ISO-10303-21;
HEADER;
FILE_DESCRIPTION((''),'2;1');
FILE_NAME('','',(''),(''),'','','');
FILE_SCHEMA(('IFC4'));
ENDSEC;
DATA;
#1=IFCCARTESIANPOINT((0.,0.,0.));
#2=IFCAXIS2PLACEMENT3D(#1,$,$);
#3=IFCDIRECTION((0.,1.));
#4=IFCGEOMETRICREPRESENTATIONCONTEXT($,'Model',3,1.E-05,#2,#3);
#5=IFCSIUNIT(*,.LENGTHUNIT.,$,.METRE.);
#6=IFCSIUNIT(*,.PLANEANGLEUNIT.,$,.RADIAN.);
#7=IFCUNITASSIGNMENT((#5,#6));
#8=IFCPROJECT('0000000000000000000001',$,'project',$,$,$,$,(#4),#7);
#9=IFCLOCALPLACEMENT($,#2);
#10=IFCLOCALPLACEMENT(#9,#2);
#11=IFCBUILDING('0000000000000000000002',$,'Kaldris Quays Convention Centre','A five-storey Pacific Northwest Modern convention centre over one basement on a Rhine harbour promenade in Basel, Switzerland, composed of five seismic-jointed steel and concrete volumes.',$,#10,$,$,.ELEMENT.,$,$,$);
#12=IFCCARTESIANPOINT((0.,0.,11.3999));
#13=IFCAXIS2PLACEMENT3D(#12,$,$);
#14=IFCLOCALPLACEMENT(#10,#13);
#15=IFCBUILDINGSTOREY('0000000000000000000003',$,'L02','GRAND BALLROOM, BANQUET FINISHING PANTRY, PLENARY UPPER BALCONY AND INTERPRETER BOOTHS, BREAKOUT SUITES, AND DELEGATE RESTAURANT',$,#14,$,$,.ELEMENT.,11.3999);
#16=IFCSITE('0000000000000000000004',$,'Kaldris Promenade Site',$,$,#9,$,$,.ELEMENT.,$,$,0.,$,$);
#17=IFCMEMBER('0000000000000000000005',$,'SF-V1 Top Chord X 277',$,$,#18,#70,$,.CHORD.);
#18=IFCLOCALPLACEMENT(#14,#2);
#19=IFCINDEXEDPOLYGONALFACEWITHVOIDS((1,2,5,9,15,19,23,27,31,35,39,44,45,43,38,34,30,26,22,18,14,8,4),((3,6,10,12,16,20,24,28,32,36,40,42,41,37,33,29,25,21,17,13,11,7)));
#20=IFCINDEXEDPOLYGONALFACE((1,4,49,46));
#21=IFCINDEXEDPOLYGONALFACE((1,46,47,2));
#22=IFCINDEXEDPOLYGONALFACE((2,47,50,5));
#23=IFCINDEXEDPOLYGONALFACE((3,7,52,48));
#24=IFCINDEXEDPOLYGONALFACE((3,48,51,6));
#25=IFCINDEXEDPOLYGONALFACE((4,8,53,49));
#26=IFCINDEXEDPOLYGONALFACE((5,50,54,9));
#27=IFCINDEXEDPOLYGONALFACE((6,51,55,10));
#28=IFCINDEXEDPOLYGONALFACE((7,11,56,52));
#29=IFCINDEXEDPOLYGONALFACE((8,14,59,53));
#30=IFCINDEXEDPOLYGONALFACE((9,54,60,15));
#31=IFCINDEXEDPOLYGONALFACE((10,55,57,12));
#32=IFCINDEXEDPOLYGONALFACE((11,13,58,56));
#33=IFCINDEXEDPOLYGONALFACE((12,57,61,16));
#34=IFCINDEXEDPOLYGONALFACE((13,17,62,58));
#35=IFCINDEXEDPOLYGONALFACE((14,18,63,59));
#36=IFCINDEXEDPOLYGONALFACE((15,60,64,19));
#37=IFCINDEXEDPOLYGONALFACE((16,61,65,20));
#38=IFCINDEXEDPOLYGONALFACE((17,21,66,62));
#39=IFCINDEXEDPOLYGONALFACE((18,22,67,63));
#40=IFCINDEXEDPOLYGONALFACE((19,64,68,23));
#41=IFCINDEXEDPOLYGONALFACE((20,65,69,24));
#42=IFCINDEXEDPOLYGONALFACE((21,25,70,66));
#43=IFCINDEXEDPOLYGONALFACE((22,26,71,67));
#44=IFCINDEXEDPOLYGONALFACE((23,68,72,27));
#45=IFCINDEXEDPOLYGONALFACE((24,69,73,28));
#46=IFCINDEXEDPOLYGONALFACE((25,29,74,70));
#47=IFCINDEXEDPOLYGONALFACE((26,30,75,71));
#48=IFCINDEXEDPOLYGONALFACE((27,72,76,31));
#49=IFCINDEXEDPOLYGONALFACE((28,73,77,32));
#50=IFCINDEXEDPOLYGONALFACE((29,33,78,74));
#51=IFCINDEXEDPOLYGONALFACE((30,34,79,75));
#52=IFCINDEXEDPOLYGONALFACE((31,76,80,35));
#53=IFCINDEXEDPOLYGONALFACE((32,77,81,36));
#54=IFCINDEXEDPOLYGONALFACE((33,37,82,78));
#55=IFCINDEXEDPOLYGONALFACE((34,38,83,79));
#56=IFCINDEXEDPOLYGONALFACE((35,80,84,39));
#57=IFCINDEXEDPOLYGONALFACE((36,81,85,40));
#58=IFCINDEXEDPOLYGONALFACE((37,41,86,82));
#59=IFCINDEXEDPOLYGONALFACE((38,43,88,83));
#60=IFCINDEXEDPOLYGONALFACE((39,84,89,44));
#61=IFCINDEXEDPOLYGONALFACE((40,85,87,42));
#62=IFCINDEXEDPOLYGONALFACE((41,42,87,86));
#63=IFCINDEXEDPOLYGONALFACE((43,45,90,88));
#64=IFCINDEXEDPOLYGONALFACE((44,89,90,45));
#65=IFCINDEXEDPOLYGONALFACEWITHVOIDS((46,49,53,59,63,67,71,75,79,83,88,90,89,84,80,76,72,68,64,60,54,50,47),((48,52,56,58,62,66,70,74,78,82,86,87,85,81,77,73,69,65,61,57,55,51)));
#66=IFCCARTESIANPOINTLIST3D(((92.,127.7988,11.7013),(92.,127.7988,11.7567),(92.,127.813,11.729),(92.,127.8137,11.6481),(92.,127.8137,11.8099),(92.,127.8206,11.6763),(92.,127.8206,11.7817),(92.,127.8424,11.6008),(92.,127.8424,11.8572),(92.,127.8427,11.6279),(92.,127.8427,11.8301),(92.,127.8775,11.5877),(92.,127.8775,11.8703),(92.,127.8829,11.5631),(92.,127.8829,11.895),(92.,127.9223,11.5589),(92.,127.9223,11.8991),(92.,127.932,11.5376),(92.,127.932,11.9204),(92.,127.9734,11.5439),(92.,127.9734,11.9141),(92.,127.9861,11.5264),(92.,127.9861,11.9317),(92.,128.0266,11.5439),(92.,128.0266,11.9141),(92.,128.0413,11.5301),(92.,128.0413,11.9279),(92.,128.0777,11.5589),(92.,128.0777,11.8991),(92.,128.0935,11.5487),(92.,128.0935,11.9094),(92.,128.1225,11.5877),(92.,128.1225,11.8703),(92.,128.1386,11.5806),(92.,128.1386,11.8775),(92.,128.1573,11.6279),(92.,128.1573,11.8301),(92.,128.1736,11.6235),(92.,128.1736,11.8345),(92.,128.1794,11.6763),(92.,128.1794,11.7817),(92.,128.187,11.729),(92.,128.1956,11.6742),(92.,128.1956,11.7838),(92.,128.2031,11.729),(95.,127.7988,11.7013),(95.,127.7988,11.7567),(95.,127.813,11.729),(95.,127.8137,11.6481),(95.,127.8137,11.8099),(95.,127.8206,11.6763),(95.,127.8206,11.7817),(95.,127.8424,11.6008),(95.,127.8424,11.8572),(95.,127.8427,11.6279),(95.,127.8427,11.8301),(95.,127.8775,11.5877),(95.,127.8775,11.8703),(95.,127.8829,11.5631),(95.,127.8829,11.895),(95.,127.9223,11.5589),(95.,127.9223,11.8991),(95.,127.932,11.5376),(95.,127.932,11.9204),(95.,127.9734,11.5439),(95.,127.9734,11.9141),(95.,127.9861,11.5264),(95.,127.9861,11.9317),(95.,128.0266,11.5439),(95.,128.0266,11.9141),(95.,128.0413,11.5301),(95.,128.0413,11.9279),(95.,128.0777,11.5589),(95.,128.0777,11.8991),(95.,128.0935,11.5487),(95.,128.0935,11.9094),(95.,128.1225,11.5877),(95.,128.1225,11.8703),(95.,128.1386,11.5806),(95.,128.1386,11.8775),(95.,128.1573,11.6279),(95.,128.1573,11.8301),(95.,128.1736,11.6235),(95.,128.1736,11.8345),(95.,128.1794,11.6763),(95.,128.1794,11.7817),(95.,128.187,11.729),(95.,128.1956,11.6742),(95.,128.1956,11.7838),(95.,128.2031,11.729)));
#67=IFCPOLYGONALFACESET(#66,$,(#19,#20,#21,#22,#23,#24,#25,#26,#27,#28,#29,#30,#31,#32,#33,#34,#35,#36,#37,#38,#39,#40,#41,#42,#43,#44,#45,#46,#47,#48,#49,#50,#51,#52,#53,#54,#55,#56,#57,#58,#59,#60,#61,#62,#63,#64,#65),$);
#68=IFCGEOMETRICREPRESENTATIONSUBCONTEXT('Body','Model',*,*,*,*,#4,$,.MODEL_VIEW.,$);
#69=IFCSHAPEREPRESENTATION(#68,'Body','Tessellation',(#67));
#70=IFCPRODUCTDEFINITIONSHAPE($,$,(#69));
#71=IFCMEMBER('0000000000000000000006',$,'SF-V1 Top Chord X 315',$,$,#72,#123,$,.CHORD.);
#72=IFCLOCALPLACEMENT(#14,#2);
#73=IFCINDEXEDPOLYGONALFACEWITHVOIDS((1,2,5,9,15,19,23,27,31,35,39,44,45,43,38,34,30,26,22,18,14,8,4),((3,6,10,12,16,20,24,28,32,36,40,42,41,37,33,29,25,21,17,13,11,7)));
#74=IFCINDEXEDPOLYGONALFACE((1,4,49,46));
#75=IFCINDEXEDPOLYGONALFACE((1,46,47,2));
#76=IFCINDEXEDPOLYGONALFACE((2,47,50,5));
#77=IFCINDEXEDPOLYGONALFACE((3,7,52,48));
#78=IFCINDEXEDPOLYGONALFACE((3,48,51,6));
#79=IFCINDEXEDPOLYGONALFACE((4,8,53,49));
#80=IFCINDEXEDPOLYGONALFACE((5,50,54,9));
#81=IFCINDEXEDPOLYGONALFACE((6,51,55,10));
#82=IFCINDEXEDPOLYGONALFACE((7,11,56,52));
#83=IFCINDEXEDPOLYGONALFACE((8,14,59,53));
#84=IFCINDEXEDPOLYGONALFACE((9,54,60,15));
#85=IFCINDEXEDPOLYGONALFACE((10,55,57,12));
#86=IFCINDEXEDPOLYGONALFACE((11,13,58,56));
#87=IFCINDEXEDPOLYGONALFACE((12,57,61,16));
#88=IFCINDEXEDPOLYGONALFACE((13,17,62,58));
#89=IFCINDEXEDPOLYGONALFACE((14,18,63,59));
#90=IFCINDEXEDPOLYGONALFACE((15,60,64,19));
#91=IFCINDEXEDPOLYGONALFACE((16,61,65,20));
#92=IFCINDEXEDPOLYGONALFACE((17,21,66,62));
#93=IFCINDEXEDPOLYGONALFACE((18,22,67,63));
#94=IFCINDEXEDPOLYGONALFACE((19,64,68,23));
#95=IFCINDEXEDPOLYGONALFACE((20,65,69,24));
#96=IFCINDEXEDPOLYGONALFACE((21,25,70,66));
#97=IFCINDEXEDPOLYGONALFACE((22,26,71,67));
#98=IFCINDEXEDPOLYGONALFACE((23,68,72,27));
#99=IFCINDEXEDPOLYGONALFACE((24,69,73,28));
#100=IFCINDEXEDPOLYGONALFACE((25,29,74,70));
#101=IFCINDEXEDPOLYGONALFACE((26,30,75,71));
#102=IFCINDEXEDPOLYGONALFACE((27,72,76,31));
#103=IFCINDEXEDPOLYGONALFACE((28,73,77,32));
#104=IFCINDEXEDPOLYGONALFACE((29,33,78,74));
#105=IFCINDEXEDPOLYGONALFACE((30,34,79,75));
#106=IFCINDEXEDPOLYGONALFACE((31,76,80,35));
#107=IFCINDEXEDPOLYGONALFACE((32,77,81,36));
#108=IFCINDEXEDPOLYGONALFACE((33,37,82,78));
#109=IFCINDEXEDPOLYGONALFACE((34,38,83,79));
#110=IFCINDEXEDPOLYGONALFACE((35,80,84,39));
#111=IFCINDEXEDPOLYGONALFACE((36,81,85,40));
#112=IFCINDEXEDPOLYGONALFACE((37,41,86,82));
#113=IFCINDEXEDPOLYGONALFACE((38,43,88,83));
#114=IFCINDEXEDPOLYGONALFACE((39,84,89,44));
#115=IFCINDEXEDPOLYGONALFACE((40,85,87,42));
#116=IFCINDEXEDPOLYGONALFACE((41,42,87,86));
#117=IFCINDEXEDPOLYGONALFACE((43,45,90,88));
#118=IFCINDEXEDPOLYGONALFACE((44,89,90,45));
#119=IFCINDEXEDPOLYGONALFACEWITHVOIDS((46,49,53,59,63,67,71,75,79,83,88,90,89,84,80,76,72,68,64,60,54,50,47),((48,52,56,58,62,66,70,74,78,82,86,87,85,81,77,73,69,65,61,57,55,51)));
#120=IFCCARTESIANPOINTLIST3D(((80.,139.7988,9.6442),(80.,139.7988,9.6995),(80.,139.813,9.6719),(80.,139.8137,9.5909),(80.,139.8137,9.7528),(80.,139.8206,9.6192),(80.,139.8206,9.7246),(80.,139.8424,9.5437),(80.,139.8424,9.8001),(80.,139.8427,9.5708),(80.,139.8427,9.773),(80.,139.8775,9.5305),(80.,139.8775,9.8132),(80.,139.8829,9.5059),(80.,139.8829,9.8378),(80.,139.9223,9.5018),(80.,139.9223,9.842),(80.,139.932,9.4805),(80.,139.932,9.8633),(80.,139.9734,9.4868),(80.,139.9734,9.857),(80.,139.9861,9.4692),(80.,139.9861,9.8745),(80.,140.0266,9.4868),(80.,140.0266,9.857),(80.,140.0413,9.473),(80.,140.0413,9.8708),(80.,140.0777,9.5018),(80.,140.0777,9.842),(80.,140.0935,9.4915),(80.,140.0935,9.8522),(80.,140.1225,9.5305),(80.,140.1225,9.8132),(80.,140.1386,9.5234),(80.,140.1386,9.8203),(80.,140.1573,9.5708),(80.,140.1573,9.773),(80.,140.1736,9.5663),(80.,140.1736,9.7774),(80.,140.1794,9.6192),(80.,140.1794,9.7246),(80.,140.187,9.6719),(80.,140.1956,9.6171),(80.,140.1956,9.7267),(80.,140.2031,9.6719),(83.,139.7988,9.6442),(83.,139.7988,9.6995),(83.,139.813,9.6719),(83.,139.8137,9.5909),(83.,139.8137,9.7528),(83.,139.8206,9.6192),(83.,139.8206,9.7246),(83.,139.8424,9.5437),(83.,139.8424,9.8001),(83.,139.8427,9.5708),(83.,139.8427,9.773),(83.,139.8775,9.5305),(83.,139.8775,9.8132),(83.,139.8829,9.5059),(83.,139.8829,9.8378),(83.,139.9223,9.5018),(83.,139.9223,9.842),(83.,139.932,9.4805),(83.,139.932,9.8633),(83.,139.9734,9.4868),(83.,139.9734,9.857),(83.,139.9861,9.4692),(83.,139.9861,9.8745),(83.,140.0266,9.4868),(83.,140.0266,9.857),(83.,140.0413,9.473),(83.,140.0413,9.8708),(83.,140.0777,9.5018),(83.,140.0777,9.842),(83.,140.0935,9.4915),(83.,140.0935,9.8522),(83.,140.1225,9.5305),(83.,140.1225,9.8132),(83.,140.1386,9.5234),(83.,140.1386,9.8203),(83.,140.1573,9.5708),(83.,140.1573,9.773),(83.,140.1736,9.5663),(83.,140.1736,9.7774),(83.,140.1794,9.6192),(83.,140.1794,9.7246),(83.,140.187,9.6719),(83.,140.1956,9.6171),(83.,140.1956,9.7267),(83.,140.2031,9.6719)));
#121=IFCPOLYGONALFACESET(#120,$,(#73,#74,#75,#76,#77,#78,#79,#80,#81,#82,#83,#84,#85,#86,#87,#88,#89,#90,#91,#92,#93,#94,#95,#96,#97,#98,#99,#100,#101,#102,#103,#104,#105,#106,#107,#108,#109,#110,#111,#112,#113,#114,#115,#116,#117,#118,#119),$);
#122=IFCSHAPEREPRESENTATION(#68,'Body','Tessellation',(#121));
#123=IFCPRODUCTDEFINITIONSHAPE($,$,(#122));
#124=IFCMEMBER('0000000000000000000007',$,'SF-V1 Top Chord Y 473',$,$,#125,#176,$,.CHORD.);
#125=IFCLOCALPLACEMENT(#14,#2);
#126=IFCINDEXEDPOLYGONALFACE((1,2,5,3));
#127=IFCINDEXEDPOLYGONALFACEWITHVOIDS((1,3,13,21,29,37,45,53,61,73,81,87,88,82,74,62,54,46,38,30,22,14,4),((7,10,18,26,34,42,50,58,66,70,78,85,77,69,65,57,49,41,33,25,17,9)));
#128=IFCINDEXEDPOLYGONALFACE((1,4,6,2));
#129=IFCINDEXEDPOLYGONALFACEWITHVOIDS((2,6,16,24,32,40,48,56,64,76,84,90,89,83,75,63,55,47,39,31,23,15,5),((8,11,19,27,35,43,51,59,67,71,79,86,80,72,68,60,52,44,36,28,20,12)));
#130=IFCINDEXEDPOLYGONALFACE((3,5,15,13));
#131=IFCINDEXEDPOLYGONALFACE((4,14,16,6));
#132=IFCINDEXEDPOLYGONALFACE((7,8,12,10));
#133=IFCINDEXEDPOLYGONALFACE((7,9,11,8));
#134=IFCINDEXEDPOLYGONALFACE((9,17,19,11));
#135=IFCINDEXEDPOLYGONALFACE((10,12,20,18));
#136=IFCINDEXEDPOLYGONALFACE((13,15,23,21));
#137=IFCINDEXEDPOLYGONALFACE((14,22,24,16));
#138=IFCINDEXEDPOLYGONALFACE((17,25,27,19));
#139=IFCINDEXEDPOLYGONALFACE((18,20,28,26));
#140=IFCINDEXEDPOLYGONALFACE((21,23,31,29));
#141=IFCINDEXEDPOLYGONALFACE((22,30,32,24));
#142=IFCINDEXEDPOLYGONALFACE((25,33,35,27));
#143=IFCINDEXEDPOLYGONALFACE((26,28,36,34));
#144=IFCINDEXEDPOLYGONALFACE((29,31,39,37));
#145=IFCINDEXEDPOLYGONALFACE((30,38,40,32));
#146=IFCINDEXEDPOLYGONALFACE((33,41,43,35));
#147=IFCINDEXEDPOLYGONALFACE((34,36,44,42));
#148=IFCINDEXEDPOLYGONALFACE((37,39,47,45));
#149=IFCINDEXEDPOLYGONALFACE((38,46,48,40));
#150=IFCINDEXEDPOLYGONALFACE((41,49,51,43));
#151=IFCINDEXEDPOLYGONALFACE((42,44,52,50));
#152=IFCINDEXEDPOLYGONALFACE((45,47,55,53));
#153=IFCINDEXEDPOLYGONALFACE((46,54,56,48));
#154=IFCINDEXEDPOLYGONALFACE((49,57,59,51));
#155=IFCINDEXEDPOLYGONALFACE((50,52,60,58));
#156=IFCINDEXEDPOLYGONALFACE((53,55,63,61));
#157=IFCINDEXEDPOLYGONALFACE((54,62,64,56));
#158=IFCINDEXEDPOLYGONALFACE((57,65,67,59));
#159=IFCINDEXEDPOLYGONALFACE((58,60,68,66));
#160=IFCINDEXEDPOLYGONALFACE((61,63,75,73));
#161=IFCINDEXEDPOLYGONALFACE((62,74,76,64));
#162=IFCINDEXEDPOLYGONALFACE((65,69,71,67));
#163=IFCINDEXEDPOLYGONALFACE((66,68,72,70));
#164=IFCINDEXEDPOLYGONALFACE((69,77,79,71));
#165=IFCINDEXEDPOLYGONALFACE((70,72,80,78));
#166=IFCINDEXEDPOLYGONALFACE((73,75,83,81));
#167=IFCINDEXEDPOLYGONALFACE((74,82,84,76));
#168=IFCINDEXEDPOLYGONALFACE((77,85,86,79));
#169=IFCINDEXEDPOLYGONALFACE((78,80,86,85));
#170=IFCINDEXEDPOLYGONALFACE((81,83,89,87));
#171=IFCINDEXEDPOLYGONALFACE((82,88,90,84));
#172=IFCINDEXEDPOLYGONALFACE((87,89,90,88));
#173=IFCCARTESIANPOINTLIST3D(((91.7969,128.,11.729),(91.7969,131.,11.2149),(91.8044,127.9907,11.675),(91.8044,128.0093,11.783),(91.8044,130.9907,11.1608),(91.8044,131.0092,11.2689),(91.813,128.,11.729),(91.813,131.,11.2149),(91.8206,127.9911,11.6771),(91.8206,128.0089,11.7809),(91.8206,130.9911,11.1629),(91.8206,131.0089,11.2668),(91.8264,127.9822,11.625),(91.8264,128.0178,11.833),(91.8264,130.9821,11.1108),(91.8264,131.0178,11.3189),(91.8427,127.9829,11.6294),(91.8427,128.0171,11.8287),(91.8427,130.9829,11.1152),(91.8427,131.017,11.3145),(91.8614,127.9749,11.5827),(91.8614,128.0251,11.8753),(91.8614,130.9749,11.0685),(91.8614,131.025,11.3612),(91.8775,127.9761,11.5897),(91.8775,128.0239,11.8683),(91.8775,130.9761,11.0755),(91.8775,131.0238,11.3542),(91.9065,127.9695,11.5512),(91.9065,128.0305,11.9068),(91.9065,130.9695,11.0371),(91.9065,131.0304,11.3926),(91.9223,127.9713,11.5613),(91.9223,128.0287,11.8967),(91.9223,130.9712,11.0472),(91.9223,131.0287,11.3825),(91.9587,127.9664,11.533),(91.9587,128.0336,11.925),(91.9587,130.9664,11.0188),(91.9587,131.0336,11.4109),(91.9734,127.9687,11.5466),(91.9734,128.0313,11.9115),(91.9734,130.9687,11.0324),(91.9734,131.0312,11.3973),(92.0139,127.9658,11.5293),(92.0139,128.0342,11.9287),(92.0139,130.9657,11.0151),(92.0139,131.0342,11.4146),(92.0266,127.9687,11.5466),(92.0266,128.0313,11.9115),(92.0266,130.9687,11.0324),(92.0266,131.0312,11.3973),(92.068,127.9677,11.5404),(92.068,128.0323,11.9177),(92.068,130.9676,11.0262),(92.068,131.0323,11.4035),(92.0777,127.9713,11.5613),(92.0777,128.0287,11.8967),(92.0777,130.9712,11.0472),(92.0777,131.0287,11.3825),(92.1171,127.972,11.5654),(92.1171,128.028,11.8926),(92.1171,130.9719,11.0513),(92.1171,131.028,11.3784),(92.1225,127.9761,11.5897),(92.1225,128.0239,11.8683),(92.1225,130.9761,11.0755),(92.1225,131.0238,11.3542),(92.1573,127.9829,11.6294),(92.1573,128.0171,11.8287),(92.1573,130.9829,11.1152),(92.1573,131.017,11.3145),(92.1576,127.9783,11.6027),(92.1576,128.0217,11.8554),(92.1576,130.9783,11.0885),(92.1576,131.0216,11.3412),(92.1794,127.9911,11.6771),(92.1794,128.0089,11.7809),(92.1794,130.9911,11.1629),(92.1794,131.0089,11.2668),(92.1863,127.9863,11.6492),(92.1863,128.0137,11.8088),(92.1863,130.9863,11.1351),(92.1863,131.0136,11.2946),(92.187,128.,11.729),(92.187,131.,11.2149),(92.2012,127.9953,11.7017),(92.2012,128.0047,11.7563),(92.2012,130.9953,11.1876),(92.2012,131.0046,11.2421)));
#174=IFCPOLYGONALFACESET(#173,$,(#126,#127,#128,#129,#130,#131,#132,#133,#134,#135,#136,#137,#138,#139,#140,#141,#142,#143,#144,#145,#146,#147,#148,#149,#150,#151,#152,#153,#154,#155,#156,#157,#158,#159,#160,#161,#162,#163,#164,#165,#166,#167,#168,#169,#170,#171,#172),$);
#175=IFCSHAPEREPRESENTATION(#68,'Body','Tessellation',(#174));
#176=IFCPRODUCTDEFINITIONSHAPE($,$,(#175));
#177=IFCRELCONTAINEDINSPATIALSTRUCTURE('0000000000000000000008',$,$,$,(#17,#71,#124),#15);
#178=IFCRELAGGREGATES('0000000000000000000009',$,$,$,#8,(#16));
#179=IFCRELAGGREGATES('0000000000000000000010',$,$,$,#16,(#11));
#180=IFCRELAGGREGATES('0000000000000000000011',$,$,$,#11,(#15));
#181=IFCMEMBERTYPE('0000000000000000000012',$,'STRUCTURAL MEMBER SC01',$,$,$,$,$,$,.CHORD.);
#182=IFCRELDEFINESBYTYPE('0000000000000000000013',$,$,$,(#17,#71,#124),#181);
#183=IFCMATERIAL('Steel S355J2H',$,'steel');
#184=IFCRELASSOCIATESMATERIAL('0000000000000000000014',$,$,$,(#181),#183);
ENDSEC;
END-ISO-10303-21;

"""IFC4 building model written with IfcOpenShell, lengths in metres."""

from ifc_helpers import new_model, si_unit, direction, frame, origin, origin_2d, place, context, subcontext, project, spatial, hollow_circle, extrude, material, material_profile, profile_set, type_object, element, save


model = new_model("IFC4")

# Units and contexts
model_context = context("Model", 3, precision=1e-05, world=origin(), true_north=direction((0.0, 1.0)))
body_context = subcontext(model_context, "Body", "Model", "MODEL_VIEW")
ifc_project = project(units=[si_unit("LENGTHUNIT", "METRE"), si_unit("PLANEANGLEUNIT", "RADIAN")], contexts=[model_context])

# Site, building, storey
site_placement = place(None, origin())
site = spatial("IfcSite", under=ifc_project, at=site_placement, Name="Kaldris Promenade Site", CompositionType="ELEMENT", RefElevation=0.0)
building_placement = place(site_placement, origin())
building = spatial("IfcBuilding", under=site, at=building_placement, Name="Kaldris Quays Convention Centre", Description="A five-storey Pacific Northwest Modern convention centre over one basement on a Rhine harbour promenade in Basel, Switzerland, composed of five seismic-jointed steel and concrete volumes.", CompositionType="ELEMENT")
storey_placement = place(building_placement, frame((0.0, 0.0, 11.3999)))
storey = spatial("IfcBuildingStorey", under=building, at=storey_placement, Name="L02", Description="GRAND BALLROOM, BANQUET FINISHING PANTRY, PLENARY UPPER BALCONY AND INTERPRETER BOOTHS, BREAKOUT SUITES, AND DELEGATE RESTAURANT", CompositionType="ELEMENT", Elevation=11.3999)

# Members
ifc_material_1 = material(Name="Steel S355J2H", Category="steel")
ifc_material_profile_1 = material_profile(ifc_material_1, hollow_circle(Radius=0.2031, WallThickness=0.0161, at=origin_2d()), Name="CHS 406.4x16")
ifc_profile_set_1 = profile_set([ifc_material_profile_1], Name="Steel S355J2H")
member_type_1 = type_object("IfcMemberType", Name="STRUCTURAL MEMBER SC01", PredefinedType="CHORD", material=ifc_profile_set_1)
for number, where, z_axis, x_axis, name in (
    (1, (92.0, 128.0, 11.729), (1.0, 0.0, 0.0), (0.0, 1.0, 0.0), "SF-V1 Top Chord X 277"),
    (2, (80.0, 140.0, 9.6719), (1.0, 0.0, 0.0), (0.0, 1.0, 0.0), "SF-V1 Top Chord X 315"),
):
    element("IfcMember", number, at=place(storey_placement, frame(where, z_axis=z_axis, x_axis=x_axis)), inside=storey, type_object=member_type_1, Name=name, PredefinedType="CHORD", context=body_context, shape_type="SweptSolid", body=[
        extrude(hollow_circle(Radius=0.2031, WallThickness=0.0161, at=origin_2d()), origin(), (0.0, 0.0, 1.0), 3.0),
    ])
for number, where, z_axis, x_axis, name in (
    (3, (92.0, 128.0, 11.729), (0.0, 0.985629, -0.168924), (-1.0, 0.0, 0.0), "SF-V1 Top Chord Y 473"),
):
    element("IfcMember", number, at=place(storey_placement, frame(where, z_axis=z_axis, x_axis=x_axis)), inside=storey, type_object=member_type_1, Name=name, PredefinedType="CHORD", context=body_context, shape_type="SweptSolid", body=[
        extrude(hollow_circle(Radius=0.2031, WallThickness=0.0161, at=origin_2d()), origin(), (0.0, 0.0, 1.0), 3.0437),
    ])

save(model, "model.ifc")
